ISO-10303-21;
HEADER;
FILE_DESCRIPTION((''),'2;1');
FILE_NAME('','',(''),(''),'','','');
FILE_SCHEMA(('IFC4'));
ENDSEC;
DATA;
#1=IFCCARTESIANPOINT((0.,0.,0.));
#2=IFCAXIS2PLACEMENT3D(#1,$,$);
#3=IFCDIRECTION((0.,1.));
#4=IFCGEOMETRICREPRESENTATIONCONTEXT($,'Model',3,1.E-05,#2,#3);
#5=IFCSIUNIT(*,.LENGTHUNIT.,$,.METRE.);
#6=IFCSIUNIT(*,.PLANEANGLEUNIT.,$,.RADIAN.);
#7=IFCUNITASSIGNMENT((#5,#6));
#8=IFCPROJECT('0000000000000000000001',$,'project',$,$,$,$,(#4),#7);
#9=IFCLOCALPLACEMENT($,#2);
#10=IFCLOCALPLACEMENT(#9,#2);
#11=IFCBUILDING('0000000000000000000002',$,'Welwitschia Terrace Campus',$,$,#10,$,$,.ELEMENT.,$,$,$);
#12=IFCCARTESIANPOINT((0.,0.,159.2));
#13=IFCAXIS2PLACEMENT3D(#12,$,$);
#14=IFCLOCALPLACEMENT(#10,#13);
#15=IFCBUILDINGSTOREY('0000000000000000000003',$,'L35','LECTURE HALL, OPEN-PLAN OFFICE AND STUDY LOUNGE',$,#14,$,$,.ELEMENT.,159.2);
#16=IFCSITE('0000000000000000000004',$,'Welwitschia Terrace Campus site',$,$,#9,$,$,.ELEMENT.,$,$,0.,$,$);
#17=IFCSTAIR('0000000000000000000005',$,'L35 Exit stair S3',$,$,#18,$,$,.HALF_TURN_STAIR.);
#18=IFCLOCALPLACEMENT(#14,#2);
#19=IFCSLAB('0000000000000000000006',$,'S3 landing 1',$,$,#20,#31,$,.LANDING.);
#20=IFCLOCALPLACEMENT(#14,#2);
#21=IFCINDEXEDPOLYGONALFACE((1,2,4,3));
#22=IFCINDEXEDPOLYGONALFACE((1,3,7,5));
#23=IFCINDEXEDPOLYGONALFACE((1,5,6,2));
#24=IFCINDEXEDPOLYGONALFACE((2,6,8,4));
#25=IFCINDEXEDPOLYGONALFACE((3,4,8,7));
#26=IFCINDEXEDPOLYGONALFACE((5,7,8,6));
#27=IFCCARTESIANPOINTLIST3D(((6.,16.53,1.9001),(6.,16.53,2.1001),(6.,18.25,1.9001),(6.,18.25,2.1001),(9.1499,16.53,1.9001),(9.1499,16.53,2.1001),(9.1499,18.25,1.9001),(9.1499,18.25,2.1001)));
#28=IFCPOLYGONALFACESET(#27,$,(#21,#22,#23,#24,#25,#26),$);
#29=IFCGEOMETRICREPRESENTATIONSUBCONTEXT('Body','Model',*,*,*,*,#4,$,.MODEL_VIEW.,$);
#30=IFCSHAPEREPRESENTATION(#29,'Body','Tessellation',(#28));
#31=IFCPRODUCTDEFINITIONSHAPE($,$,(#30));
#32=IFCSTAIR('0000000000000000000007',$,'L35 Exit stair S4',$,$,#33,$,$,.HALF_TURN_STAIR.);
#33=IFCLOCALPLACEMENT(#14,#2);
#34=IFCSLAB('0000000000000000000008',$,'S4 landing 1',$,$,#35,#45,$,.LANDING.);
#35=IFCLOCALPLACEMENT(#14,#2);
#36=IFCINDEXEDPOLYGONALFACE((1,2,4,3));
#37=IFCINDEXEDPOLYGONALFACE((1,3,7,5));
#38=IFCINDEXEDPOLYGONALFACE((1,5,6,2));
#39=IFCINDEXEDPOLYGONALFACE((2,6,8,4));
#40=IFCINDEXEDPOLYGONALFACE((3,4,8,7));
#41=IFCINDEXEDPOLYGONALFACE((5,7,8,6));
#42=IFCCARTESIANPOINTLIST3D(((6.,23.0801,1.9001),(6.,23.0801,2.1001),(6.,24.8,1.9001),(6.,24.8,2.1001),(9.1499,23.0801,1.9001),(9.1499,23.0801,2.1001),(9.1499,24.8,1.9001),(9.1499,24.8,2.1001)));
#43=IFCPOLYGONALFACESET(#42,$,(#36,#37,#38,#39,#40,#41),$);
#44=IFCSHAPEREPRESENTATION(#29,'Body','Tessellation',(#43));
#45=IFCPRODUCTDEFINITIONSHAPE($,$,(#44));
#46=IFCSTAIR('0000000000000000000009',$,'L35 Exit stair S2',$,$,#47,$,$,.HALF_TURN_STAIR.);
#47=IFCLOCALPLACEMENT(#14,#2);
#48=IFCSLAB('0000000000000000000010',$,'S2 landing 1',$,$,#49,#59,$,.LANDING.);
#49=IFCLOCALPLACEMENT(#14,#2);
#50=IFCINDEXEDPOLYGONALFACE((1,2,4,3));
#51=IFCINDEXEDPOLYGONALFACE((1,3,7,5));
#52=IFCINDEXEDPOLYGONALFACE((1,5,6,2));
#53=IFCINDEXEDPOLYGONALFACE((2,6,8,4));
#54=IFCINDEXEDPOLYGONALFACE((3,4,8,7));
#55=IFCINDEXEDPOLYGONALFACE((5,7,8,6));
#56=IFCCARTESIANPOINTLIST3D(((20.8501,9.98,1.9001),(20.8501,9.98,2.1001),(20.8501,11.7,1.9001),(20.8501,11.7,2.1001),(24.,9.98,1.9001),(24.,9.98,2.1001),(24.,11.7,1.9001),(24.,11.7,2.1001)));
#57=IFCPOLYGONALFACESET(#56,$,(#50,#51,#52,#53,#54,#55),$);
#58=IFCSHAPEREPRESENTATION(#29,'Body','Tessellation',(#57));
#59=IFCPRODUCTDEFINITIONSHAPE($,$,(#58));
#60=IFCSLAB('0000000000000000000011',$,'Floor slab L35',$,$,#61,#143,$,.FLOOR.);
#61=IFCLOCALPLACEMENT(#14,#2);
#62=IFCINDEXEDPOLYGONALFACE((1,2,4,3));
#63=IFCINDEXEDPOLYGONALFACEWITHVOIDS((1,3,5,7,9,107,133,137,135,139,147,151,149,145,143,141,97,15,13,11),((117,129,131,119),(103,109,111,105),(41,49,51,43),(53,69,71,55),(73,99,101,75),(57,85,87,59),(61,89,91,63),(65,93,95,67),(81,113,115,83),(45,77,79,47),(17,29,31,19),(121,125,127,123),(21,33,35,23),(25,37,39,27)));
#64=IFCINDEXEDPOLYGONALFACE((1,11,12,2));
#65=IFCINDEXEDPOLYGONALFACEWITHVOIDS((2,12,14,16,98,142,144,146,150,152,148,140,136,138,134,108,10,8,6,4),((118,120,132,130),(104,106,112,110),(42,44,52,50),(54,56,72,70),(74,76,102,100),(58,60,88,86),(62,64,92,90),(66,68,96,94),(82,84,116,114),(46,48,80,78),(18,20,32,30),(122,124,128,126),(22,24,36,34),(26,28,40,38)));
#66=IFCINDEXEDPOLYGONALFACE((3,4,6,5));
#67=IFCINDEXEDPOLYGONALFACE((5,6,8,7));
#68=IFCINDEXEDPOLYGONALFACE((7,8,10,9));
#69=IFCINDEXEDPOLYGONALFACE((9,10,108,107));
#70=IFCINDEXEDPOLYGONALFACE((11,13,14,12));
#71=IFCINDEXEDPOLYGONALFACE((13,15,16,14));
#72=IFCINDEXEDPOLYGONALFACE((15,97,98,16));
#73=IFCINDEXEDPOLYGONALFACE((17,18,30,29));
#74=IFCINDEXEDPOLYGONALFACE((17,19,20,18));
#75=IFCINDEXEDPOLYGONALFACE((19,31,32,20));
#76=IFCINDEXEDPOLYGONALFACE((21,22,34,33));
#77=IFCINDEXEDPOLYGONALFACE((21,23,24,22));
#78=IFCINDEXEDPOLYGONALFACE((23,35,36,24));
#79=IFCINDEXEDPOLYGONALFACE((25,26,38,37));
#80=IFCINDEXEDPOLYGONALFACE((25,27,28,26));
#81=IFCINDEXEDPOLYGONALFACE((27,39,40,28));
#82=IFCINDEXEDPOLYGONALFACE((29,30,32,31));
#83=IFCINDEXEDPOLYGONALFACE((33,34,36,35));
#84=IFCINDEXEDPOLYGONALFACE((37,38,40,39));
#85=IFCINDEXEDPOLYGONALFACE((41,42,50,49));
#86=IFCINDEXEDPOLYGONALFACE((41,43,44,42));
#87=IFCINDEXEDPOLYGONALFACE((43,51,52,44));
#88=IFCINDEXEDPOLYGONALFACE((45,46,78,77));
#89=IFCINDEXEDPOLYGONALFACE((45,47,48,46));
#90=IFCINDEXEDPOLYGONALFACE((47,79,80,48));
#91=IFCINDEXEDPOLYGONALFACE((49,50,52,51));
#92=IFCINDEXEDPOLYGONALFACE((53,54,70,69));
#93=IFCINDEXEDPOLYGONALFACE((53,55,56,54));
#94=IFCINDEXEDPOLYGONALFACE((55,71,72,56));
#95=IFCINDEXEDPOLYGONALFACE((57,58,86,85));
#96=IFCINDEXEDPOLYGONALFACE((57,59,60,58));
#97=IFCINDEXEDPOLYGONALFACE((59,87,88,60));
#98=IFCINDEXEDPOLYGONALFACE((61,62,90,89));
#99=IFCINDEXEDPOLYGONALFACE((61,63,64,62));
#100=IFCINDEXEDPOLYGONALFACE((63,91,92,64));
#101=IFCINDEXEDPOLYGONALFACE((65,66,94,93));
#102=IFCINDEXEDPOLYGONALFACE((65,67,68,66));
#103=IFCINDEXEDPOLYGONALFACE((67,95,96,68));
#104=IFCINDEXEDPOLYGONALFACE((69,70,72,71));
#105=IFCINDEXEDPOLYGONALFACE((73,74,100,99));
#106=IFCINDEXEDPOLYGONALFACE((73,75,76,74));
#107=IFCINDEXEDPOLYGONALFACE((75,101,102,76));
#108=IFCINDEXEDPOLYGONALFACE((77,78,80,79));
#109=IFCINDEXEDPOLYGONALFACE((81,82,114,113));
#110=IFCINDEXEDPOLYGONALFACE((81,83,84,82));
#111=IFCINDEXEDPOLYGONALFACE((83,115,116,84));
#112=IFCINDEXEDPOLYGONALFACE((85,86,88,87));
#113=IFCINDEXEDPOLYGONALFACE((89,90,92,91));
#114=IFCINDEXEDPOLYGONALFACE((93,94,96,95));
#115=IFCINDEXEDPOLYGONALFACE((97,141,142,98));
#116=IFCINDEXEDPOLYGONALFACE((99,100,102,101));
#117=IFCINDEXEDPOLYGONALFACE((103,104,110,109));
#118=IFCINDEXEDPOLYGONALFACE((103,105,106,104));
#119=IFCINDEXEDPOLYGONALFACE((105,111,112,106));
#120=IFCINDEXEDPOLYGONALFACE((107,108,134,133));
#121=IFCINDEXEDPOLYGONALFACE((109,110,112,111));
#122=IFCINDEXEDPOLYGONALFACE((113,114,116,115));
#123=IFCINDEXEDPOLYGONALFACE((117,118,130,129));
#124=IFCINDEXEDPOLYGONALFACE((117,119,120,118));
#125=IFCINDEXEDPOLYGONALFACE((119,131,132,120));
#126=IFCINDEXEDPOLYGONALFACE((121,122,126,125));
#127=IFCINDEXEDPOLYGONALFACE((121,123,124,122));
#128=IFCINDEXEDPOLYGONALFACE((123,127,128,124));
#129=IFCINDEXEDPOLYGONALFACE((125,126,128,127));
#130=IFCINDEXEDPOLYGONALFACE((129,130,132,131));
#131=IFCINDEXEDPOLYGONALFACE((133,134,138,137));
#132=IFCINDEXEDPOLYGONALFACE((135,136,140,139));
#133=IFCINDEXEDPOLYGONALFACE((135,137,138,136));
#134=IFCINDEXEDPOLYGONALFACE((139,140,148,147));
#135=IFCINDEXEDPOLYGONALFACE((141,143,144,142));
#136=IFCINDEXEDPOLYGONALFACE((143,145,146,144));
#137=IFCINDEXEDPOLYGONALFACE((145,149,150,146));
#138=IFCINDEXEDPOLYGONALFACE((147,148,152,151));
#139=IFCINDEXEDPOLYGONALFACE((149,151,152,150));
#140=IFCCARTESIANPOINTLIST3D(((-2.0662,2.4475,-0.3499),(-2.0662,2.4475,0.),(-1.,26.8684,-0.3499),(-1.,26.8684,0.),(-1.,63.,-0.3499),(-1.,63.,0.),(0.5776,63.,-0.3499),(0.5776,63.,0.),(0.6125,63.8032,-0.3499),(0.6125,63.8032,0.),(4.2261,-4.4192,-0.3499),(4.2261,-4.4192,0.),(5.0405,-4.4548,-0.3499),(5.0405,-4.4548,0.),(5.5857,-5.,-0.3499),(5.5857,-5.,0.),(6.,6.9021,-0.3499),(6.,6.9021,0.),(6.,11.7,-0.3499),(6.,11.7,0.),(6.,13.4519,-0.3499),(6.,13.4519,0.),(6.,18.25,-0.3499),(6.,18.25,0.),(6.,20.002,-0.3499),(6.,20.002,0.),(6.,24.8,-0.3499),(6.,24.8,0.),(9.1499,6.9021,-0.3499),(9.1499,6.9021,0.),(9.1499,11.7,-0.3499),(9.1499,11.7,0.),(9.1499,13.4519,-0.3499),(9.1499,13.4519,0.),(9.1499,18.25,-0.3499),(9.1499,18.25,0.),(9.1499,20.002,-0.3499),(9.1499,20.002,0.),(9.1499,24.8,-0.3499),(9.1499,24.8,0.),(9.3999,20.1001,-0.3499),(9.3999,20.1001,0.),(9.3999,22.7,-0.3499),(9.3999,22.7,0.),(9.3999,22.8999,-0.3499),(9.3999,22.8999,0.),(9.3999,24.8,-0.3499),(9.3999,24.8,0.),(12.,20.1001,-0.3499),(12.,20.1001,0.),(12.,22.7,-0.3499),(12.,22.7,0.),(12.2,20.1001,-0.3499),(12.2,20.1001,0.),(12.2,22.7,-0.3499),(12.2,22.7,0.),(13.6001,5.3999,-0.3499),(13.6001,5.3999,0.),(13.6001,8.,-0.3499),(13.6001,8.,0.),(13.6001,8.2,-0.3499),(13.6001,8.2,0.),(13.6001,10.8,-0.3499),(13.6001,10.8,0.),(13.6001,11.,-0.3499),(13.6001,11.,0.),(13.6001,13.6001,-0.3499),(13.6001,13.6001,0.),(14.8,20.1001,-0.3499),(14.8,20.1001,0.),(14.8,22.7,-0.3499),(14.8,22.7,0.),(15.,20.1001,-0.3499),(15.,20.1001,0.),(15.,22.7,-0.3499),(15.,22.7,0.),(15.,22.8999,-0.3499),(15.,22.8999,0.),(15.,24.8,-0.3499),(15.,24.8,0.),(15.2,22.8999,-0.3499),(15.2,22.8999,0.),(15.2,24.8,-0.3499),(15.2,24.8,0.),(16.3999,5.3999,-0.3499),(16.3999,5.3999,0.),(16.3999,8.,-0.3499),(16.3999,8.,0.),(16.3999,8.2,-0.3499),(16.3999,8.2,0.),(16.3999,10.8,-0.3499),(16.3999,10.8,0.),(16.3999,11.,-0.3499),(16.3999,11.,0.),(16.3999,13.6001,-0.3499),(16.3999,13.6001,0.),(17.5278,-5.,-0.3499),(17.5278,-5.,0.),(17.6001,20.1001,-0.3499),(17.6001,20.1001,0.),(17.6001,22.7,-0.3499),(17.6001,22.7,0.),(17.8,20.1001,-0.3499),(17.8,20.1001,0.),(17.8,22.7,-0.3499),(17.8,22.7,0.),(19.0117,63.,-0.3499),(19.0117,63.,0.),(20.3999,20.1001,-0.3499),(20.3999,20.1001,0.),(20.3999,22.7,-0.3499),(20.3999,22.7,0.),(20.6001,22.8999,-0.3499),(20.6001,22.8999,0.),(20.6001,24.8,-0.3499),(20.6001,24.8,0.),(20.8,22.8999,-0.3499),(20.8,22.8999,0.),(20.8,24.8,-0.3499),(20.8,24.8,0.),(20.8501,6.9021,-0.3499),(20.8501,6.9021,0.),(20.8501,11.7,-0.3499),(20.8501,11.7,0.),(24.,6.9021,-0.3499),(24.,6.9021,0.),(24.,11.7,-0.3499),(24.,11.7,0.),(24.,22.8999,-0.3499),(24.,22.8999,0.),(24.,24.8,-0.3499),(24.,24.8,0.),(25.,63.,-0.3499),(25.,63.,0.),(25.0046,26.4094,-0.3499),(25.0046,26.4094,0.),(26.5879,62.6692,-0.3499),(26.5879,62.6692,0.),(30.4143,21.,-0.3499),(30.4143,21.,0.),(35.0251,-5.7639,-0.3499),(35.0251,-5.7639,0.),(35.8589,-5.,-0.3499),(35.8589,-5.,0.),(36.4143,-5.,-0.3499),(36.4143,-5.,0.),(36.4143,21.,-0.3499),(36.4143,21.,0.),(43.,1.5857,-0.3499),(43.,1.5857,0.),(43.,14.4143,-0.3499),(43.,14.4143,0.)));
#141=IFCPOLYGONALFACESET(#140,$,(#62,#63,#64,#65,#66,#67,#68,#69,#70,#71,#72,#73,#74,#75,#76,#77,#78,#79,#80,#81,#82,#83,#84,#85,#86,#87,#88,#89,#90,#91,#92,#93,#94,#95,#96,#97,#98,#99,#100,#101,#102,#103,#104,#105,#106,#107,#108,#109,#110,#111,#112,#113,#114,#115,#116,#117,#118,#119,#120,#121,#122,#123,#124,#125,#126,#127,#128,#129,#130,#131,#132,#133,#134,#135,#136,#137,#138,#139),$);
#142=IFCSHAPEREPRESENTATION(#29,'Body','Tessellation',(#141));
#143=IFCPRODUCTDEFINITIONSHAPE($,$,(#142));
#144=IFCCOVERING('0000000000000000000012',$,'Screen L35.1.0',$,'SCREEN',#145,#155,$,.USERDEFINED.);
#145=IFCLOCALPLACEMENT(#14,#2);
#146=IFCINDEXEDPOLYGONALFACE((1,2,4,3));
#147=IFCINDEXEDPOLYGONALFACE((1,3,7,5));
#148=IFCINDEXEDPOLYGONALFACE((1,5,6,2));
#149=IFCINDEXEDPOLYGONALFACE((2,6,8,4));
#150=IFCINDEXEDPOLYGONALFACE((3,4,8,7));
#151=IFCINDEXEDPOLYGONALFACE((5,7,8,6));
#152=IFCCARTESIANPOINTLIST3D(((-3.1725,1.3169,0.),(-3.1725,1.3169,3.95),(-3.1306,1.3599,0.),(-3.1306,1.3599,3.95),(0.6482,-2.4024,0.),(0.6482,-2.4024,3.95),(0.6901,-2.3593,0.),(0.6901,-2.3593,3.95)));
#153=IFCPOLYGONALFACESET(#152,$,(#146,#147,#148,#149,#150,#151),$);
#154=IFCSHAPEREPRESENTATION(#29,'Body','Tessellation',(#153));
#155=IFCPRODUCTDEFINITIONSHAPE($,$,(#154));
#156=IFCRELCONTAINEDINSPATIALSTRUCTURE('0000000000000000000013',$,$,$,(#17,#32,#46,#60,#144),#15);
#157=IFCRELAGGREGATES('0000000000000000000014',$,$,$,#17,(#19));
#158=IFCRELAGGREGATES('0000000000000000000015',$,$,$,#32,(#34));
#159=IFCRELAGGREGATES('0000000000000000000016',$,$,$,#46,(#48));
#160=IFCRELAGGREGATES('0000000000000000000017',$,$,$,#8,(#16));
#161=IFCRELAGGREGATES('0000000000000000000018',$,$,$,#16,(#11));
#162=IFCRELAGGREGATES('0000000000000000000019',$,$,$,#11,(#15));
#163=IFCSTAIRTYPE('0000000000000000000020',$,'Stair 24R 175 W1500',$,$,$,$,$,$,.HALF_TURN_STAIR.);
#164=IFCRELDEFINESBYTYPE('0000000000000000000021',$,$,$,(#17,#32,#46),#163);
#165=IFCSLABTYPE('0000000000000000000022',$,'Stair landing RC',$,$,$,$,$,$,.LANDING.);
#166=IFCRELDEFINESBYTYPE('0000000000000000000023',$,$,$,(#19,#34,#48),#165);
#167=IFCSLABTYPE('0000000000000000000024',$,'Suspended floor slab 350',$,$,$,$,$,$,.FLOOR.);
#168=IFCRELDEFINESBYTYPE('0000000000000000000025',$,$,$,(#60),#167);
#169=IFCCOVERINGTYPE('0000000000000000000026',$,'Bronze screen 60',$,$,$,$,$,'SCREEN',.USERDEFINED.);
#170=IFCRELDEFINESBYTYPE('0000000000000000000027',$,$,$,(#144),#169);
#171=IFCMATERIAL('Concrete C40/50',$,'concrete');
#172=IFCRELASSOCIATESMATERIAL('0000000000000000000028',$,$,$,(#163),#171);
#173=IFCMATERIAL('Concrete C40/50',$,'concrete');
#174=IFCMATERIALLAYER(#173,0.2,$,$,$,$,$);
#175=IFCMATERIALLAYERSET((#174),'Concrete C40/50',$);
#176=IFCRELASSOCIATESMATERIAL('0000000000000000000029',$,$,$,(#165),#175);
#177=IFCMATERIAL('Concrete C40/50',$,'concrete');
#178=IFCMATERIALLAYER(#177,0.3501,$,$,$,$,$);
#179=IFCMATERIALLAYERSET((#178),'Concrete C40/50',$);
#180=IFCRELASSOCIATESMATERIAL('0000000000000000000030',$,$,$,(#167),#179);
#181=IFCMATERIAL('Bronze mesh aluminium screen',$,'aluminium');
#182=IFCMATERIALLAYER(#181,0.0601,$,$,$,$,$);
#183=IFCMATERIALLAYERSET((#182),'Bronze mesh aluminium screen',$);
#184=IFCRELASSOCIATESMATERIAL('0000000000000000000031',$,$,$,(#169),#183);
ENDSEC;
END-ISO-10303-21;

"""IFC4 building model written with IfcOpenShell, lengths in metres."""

from ifc_helpers import new_model, si_unit, direction, frame, origin, origin_2d, place, context, subcontext, project, spatial, polyline, rectangle, outline, extrude, material, layer, layer_set, type_object, element, aggregate, save


model = new_model("IFC4")

# Units and contexts
model_context = context("Model", 3, precision=1e-05, world=origin(), true_north=direction((0.0, 1.0)))
body_context = subcontext(model_context, "Body", "Model", "MODEL_VIEW")
ifc_project = project(units=[si_unit("LENGTHUNIT", "METRE"), si_unit("PLANEANGLEUNIT", "RADIAN")], contexts=[model_context])

# Site, building, storey
site_placement = place(None, origin())
site = spatial("IfcSite", under=ifc_project, at=site_placement, Name="Welwitschia Terrace Campus site", CompositionType="ELEMENT", RefElevation=0.0)
building_placement = place(site_placement, origin())
building = spatial("IfcBuilding", under=site, at=building_placement, Name="Welwitschia Terrace Campus", CompositionType="ELEMENT")
storey_placement = place(building_placement, frame((0.0, 0.0, 159.2)))
storey = spatial("IfcBuildingStorey", under=building, at=storey_placement, Name="L35", Description="LECTURE HALL, OPEN-PLAN OFFICE AND STUDY LOUNGE", CompositionType="ELEMENT", Elevation=159.2)

# Stairs, slabs
ifc_material_1 = material(Name="Concrete C40/50", Category="concrete")
stair_type = type_object("IfcStairType", Name="Stair 24R 175 W1500", PredefinedType="HALF_TURN_STAIR", material=ifc_material_1)
ifc_material_2 = material(Name="Concrete C40/50", Category="concrete")
ifc_layer_1 = layer(ifc_material_2, 0.2)
ifc_layer_set_1 = layer_set([ifc_layer_1], Name="Concrete C40/50")
slab_type_1 = type_object("IfcSlabType", Name="Stair landing RC", PredefinedType="LANDING", material=ifc_layer_set_1)
stair_1_placement = place(storey_placement, origin())
stair_1 = element("IfcStair", 1, at=stair_1_placement, inside=storey, type_object=stair_type, Name="L35 Exit stair S3", PredefinedType="HALF_TURN_STAIR")
slab_1_placement = place(storey_placement, frame((0.0, 0.0, 1.9001)))
slab_1 = element("IfcSlab", 2, at=slab_1_placement, type_object=slab_type_1, Name="S3 landing 1", PredefinedType="LANDING", context=body_context, shape_type="SweptSolid", body=[
    extrude(outline(polyline([(9.1499, 16.53), (9.1499, 18.25), (6.0, 18.25), (6.0, 16.53), (9.1499, 16.53)])), origin(), (0.0, 0.0, 1.0), 0.2),
])
aggregate(stair_1, [slab_1])
stair_2_placement = place(storey_placement, origin())
stair_2 = element("IfcStair", 3, at=stair_2_placement, inside=storey, type_object=stair_type, Name="L35 Exit stair S4", PredefinedType="HALF_TURN_STAIR")
slab_2_placement = place(storey_placement, frame((0.0, 0.0, 1.9001)))
slab_2 = element("IfcSlab", 4, at=slab_2_placement, type_object=slab_type_1, Name="S4 landing 1", PredefinedType="LANDING", context=body_context, shape_type="SweptSolid", body=[
    extrude(outline(polyline([(9.1499, 23.0801), (9.1499, 24.8), (6.0, 24.8), (6.0, 23.0801), (9.1499, 23.0801)])), origin(), (0.0, 0.0, 1.0), 0.2),
])
aggregate(stair_2, [slab_2])
stair_3_placement = place(storey_placement, origin())
stair_3 = element("IfcStair", 5, at=stair_3_placement, inside=storey, type_object=stair_type, Name="L35 Exit stair S2", PredefinedType="HALF_TURN_STAIR")
slab_3_placement = place(storey_placement, frame((0.0, 0.0, 1.9001)))
slab_3 = element("IfcSlab", 6, at=slab_3_placement, type_object=slab_type_1, Name="S2 landing 1", PredefinedType="LANDING", context=body_context, shape_type="SweptSolid", body=[
    extrude(outline(polyline([(24.0, 9.98), (24.0, 11.7), (20.8501, 11.7), (20.8501, 9.98), (24.0, 9.98)])), origin(), (0.0, 0.0, 1.0), 0.2),
])
aggregate(stair_3, [slab_3])

# Slab
ifc_material_3 = material(Name="Concrete C40/50", Category="concrete")
ifc_layer_2 = layer(ifc_material_3, 0.3501)
ifc_layer_set_2 = layer_set([ifc_layer_2], Name="Concrete C40/50")
slab_type_2 = type_object("IfcSlabType", Name="Suspended floor slab 350", PredefinedType="FLOOR", material=ifc_layer_set_2)
slab_4_placement = place(storey_placement, frame((0.0, 0.0, -0.3499)))
element("IfcSlab", 7, at=slab_4_placement, inside=storey, type_object=slab_type_2, Name="Floor slab L35", PredefinedType="FLOOR", context=body_context, shape_type="SweptSolid", body=[
    extrude(outline(polyline([(0.5776, 63.0), (0.6125, 63.8032), (19.0117, 63.0), (25.0, 63.0), (26.5879, 62.6692), (25.0046, 26.4094), (30.4143, 21.0), (36.4143, 21.0), (43.0, 14.4143), (43.0, 1.5857), (36.4143, -5.0), (35.8589, -5.0), (35.0251, -5.7639), (17.5278, -5.0), (5.5857, -5.0), (5.0405, -4.4548), (4.2261, -4.4192), (-2.0662, 2.4475), (-1.0, 26.8684), (-1.0, 63.0), (0.5776, 63.0)]), holes=[polyline([(13.6001, 8.0), (13.6001, 5.3999), (16.3999, 5.3999), (16.3999, 8.0), (13.6001, 8.0)]), polyline([(9.1499, 11.7), (6.0, 11.7), (6.0, 6.9021), (9.1499, 6.9021), (9.1499, 11.7)]), polyline([(9.1499, 18.25), (6.0, 18.25), (6.0, 13.4519), (9.1499, 13.4519), (9.1499, 18.25)]), polyline([(12.0, 22.7), (9.3999, 22.7), (9.3999, 20.1001), (12.0, 20.1001), (12.0, 22.7)]), polyline([(14.8, 22.7), (12.2, 22.7), (12.2, 20.1001), (14.8, 20.1001), (14.8, 22.7)]), polyline([(9.1499, 24.8), (6.0, 24.8), (6.0, 20.002), (9.1499, 20.002), (9.1499, 24.8)]), polyline([(15.0, 24.8), (9.3999, 24.8), (9.3999, 22.8999), (15.0, 22.8999), (15.0, 24.8)]), polyline([(20.8501, 11.7), (20.8501, 6.9021), (24.0, 6.9021), (24.0, 11.7), (20.8501, 11.7)]), polyline([(16.3999, 10.8), (13.6001, 10.8), (13.6001, 8.2), (16.3999, 8.2), (16.3999, 10.8)]), polyline([(16.3999, 13.6001), (13.6001, 13.6001), (13.6001, 11.0), (16.3999, 11.0), (16.3999, 13.6001)]), polyline([(17.6001, 22.7), (15.0, 22.7), (15.0, 20.1001), (17.6001, 20.1001), (17.6001, 22.7)]), polyline([(20.3999, 22.7), (17.8, 22.7), (17.8, 20.1001), (20.3999, 20.1001), (20.3999, 22.7)]), polyline([(20.6001, 24.8), (15.2, 24.8), (15.2, 22.8999), (20.6001, 22.8999), (20.6001, 24.8)]), polyline([(24.0, 24.8), (20.8, 24.8), (20.8, 22.8999), (24.0, 22.8999), (24.0, 24.8)])]), origin(), (0.0, 0.0, 1.0), 0.3499),
])

# Covering
ifc_material_4 = material(Name="Bronze mesh aluminium screen", Category="aluminium")
ifc_layer_3 = layer(ifc_material_4, 0.0601)
ifc_layer_set_3 = layer_set([ifc_layer_3], Name="Bronze mesh aluminium screen")
covering_type_1 = type_object("IfcCoveringType", Name="Bronze screen 60", ElementType="SCREEN", PredefinedType="USERDEFINED", material=ifc_layer_set_3)
covering_1_placement = place(storey_placement, frame((-1.2412, -0.5212, 0.0), z_axis=(0.0, 0.0, 1.0), x_axis=(0.716556, -0.69753, 0.0)))
element("IfcCovering", 8, at=covering_1_placement, inside=storey, type_object=covering_type_1, Name="Screen L35.1.0", ObjectType="SCREEN", PredefinedType="USERDEFINED", context=body_context, shape_type="SweptSolid", body=[
    extrude(rectangle(XDim=5.332, YDim=0.0601, at=origin_2d()), origin(), (0.0, 0.0, 1.0), 3.95),
])

save(model, "model.ifc")
